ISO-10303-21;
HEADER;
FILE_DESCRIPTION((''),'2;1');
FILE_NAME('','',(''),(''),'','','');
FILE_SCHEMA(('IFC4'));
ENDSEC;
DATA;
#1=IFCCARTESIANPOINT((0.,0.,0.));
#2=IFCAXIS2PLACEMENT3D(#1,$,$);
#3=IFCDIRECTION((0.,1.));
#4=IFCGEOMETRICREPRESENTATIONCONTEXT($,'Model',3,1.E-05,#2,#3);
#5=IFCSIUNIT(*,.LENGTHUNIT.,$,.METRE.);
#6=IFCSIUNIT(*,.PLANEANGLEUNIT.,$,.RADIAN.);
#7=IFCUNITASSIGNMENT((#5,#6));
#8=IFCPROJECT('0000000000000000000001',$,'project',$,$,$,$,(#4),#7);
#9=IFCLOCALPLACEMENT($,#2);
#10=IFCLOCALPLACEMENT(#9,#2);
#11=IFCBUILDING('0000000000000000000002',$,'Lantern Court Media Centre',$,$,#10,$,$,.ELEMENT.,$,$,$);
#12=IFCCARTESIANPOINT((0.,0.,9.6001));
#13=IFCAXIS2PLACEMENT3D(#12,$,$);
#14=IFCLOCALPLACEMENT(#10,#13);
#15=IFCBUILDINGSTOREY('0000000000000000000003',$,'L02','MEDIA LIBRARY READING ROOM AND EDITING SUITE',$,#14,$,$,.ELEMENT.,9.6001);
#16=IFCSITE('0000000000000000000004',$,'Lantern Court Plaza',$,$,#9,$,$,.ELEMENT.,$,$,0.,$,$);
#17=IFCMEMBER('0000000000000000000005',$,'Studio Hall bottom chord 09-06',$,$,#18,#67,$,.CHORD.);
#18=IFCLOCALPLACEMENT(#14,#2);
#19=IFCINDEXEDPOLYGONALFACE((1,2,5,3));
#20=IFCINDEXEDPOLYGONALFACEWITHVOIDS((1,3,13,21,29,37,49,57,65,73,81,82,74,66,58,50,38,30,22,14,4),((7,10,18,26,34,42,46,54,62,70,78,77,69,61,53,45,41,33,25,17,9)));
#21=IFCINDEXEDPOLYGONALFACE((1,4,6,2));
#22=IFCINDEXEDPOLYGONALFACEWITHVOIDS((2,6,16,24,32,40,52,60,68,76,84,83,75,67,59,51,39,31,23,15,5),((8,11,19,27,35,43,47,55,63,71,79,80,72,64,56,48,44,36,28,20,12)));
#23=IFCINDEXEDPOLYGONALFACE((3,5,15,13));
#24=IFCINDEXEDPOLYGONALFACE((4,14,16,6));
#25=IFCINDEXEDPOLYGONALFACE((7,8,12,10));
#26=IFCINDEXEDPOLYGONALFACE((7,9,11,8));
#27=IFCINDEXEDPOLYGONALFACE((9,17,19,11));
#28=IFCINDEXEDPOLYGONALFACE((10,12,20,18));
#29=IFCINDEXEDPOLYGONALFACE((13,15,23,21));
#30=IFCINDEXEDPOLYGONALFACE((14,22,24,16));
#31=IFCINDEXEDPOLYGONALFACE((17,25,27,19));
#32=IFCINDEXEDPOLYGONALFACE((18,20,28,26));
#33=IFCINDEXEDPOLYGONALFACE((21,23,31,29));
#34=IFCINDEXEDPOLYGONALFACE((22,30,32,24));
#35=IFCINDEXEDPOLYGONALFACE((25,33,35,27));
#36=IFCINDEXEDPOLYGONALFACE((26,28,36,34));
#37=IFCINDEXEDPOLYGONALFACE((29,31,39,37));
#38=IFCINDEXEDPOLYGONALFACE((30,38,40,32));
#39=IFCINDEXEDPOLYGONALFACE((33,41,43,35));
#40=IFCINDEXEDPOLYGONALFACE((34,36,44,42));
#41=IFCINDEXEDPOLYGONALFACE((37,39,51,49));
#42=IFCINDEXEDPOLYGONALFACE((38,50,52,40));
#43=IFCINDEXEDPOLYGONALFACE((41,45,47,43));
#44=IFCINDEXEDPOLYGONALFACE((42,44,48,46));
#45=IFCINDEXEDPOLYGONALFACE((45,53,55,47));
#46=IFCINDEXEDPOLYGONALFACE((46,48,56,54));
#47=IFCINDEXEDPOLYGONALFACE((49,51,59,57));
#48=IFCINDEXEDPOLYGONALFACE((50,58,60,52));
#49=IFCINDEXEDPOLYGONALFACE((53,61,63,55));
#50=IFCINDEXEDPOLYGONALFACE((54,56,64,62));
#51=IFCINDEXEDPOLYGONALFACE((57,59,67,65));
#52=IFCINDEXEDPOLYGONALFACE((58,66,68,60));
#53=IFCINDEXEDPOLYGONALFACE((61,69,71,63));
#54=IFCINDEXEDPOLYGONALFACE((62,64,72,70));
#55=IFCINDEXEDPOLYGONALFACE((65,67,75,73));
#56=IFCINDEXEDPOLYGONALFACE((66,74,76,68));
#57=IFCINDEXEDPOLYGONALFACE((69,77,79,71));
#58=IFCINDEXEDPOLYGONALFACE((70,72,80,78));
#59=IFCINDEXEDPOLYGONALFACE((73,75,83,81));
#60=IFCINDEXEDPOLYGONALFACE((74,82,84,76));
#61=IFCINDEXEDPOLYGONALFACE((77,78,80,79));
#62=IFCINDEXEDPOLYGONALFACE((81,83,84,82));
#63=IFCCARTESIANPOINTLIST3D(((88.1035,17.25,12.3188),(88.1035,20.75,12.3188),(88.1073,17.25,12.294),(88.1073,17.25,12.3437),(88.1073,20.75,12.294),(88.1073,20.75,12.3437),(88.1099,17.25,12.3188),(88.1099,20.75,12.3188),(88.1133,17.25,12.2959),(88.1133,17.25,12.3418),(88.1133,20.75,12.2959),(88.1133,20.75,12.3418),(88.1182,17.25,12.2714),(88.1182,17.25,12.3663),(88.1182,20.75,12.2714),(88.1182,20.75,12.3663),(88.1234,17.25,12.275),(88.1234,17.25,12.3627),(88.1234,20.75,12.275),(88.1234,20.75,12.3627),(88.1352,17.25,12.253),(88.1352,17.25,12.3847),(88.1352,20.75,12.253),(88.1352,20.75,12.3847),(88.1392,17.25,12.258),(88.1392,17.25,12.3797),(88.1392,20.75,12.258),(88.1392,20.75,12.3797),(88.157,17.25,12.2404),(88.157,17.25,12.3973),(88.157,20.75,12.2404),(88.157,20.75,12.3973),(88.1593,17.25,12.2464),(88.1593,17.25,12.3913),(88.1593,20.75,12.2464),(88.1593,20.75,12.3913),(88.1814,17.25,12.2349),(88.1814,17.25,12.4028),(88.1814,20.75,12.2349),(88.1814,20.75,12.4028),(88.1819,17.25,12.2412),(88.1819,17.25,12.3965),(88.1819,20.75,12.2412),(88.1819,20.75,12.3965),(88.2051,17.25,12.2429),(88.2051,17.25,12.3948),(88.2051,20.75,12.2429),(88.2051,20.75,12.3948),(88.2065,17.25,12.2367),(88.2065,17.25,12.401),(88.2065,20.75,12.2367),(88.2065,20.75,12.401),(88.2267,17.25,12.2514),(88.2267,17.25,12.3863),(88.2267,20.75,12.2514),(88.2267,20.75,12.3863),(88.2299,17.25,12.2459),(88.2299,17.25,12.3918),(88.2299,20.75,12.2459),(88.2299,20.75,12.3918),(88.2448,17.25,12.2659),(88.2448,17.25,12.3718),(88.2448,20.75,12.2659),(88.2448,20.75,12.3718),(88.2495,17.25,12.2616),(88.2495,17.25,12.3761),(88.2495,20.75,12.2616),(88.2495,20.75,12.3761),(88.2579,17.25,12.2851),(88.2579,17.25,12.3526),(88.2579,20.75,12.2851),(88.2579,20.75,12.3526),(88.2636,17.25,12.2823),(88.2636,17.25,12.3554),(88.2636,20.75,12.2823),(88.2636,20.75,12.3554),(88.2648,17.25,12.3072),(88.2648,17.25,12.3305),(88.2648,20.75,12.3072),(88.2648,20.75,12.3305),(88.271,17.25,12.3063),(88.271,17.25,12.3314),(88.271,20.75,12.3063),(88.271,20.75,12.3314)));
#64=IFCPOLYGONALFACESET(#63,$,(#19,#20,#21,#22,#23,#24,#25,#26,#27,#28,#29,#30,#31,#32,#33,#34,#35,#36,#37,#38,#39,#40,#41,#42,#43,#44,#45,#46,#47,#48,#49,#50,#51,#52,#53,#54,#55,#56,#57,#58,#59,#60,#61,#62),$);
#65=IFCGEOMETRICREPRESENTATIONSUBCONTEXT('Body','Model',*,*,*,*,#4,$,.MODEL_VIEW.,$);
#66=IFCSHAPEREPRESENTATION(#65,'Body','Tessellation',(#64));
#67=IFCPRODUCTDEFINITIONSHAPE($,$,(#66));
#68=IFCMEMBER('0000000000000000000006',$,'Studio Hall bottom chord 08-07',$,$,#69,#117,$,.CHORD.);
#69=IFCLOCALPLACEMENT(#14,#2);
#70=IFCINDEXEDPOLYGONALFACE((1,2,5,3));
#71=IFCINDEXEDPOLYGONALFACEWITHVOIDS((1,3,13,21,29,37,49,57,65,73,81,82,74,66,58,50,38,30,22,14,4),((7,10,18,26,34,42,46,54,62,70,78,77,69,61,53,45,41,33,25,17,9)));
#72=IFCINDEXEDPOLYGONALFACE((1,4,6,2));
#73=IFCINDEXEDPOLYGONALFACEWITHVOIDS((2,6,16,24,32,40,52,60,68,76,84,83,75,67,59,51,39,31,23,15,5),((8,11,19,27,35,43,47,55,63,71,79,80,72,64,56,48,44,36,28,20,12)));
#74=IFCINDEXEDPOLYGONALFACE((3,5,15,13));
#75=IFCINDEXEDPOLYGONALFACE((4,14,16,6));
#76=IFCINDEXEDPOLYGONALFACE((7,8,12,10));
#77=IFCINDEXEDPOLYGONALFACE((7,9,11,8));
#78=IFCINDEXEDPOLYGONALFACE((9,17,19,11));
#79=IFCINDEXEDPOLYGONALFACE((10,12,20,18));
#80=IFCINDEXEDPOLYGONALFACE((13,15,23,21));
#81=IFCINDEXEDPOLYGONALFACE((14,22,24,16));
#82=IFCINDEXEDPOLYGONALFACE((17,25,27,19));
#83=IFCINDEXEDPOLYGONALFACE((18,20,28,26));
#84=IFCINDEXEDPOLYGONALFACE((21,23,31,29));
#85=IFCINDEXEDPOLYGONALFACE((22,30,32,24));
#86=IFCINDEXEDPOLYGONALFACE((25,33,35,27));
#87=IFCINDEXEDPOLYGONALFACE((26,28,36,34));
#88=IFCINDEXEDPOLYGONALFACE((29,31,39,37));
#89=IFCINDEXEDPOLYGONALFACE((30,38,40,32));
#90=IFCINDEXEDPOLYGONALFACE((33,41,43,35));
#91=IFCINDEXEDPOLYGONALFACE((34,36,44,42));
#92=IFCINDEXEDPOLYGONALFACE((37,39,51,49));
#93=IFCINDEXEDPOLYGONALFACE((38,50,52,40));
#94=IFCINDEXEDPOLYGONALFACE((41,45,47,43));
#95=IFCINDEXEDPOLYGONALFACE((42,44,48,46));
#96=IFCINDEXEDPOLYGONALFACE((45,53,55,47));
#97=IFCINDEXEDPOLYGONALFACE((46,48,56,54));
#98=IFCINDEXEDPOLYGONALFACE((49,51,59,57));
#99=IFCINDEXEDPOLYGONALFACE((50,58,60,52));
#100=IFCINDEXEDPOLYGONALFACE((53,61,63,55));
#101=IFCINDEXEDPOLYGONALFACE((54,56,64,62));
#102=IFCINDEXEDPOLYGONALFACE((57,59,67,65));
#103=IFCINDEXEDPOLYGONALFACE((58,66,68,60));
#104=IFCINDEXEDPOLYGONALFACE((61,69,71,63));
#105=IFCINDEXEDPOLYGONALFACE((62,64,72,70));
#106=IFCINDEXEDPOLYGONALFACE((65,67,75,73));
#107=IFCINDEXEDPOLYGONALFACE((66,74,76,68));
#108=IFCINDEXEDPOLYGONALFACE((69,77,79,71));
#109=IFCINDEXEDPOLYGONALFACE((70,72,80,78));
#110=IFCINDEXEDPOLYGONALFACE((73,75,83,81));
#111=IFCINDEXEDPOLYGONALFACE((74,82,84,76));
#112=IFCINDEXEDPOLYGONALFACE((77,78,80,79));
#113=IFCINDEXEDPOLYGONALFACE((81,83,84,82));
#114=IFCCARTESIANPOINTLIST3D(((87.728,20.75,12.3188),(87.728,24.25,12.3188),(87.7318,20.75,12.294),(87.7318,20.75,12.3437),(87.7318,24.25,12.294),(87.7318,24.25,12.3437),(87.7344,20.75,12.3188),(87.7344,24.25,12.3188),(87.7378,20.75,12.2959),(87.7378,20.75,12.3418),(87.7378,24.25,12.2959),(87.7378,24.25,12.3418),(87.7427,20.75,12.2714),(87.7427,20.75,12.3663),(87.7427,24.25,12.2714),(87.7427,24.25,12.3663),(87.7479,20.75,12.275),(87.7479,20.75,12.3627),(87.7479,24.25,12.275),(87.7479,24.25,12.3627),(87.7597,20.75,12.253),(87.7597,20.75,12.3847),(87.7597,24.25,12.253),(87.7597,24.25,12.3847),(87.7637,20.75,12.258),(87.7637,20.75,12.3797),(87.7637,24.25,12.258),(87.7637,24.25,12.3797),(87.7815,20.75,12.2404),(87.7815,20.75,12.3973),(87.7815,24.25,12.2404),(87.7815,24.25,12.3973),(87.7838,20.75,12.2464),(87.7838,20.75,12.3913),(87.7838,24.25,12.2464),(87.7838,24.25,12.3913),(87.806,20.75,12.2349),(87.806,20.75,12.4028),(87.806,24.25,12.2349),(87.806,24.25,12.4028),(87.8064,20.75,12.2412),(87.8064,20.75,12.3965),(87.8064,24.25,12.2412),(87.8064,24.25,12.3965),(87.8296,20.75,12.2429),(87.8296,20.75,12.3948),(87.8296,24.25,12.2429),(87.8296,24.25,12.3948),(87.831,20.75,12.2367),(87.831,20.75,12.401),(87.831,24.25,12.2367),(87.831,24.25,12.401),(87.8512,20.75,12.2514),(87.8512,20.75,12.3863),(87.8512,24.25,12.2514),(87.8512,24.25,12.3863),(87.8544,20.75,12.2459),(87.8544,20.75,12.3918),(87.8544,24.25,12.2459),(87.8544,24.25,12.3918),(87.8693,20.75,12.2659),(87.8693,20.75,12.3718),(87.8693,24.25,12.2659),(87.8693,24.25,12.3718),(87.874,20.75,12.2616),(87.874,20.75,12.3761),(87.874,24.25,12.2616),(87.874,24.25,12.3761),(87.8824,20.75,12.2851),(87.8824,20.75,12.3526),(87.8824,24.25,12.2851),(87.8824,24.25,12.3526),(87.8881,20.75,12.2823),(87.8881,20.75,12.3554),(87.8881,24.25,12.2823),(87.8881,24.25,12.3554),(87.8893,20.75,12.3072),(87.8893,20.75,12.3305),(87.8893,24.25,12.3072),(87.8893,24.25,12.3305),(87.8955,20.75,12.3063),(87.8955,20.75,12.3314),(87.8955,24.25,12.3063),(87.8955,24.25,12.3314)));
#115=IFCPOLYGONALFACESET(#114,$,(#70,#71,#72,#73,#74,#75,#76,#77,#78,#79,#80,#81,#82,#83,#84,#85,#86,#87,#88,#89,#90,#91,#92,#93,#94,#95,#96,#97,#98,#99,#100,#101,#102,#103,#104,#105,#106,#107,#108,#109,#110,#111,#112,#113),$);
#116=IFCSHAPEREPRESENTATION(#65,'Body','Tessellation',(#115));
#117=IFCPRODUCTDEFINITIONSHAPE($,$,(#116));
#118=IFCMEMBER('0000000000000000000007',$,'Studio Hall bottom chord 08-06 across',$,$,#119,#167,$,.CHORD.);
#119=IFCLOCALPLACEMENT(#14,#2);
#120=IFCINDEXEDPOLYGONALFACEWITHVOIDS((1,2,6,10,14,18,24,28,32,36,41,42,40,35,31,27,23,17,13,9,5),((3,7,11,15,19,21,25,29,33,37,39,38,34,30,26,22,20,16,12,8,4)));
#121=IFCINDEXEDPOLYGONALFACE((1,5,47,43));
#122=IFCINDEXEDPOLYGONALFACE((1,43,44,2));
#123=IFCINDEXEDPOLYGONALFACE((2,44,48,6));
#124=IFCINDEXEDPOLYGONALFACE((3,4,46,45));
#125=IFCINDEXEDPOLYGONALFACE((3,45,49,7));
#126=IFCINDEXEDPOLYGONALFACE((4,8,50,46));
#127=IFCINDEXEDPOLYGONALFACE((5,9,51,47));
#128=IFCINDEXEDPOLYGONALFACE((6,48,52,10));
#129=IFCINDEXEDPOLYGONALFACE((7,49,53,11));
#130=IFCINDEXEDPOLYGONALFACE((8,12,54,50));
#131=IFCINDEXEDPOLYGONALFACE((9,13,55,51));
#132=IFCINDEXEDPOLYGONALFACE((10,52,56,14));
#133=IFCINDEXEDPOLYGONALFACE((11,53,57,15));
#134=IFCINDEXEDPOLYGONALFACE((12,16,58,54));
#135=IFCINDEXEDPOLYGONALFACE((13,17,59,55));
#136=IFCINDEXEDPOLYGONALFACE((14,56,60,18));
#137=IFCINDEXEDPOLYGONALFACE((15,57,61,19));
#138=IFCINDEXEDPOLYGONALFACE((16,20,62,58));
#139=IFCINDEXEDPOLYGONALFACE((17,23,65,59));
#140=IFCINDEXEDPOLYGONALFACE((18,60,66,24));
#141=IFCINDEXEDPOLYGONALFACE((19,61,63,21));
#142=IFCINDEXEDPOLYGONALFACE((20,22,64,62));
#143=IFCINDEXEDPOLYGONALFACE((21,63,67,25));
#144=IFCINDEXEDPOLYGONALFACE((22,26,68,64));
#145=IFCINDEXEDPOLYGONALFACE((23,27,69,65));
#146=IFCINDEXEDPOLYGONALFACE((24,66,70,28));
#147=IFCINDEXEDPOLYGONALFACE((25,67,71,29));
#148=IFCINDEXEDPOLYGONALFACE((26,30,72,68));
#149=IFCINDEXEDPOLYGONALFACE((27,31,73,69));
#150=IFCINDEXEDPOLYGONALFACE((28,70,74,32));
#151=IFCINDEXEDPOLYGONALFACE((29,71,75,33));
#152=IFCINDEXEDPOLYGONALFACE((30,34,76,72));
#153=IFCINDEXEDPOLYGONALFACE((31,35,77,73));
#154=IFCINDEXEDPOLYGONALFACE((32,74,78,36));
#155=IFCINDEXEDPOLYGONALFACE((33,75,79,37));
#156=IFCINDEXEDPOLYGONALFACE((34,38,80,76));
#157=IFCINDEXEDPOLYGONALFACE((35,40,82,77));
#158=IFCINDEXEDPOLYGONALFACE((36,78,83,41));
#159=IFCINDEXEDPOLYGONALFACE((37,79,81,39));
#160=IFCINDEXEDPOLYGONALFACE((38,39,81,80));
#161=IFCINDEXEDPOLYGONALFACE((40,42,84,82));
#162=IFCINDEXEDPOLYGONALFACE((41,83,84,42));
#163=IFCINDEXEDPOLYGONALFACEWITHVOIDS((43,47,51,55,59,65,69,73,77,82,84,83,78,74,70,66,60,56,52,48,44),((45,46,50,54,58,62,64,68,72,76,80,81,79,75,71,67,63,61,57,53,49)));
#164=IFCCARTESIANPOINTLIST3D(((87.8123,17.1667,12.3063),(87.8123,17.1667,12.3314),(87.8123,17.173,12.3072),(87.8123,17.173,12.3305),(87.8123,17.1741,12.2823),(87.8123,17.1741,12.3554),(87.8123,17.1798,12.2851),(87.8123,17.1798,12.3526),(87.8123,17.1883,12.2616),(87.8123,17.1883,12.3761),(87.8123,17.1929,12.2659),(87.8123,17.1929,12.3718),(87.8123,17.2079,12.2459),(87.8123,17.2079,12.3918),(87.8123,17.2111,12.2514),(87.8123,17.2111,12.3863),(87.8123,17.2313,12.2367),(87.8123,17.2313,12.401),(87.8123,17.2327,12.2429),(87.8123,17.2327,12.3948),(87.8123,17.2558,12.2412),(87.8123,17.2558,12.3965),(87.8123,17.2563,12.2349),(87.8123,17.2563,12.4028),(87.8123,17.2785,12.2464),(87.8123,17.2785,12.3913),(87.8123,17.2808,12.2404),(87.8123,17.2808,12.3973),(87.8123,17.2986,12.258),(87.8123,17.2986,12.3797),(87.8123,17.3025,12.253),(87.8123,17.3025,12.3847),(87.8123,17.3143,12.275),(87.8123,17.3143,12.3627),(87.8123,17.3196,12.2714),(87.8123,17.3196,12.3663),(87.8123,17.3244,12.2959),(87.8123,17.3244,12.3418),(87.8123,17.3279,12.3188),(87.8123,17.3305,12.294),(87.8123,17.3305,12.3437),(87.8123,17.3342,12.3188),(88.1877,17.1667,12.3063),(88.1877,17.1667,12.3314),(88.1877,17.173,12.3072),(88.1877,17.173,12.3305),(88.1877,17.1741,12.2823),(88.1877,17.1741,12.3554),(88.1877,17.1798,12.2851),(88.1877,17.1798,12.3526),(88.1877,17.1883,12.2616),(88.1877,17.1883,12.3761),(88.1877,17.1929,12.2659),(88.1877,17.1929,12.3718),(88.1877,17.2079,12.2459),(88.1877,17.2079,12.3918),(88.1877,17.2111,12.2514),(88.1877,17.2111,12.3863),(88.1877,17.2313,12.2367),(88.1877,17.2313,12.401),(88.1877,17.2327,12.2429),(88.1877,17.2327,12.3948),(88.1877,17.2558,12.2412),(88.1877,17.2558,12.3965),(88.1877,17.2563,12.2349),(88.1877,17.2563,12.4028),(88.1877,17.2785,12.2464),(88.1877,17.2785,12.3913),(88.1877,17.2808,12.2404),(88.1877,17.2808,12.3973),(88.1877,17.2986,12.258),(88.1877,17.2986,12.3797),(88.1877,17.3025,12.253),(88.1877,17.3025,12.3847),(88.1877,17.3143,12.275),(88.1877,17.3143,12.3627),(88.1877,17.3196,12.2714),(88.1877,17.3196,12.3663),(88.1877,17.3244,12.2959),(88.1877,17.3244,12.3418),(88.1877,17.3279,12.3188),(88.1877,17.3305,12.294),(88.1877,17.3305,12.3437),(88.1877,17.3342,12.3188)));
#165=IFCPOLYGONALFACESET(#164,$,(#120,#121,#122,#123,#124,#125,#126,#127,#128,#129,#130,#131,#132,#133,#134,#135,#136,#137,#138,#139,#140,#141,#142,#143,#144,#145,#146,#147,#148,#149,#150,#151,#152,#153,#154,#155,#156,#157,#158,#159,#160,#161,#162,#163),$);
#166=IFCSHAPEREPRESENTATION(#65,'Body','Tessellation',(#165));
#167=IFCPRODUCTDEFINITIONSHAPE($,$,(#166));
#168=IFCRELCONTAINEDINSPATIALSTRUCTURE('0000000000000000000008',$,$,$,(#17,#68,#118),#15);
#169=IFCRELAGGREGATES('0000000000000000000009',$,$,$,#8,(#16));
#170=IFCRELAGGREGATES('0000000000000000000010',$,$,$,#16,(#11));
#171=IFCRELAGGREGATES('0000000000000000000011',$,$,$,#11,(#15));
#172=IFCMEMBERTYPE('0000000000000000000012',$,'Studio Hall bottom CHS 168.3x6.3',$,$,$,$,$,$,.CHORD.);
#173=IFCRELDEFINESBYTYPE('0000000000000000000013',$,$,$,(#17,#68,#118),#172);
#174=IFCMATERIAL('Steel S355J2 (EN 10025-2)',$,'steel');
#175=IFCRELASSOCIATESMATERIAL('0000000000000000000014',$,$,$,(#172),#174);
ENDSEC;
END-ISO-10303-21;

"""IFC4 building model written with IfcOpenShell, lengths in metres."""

from ifc_helpers import new_model, si_unit, direction, frame, origin, origin_2d, place, context, subcontext, project, spatial, hollow_circle, extrude, material, material_profile, profile_set, type_object, element, save


model = new_model("IFC4")

# Units and contexts
model_context = context("Model", 3, precision=1e-05, world=origin(), true_north=direction((0.0, 1.0)))
body_context = subcontext(model_context, "Body", "Model", "MODEL_VIEW")
ifc_project = project(units=[si_unit("LENGTHUNIT", "METRE"), si_unit("PLANEANGLEUNIT", "RADIAN")], contexts=[model_context])

# Site, building, storey
site_placement = place(None, origin())
site = spatial("IfcSite", under=ifc_project, at=site_placement, Name="Lantern Court Plaza", CompositionType="ELEMENT", RefElevation=0.0)
building_placement = place(site_placement, origin())
building = spatial("IfcBuilding", under=site, at=building_placement, Name="Lantern Court Media Centre", CompositionType="ELEMENT")
storey_placement = place(building_placement, frame((0.0, 0.0, 9.6001)))
storey = spatial("IfcBuildingStorey", under=building, at=storey_placement, Name="L02", Description="MEDIA LIBRARY READING ROOM AND EDITING SUITE", CompositionType="ELEMENT", Elevation=9.6001)

# Members
ifc_material = material(Name="Steel S355J2 (EN 10025-2)", Category="steel")
ifc_material_profile_1 = material_profile(ifc_material, hollow_circle(Radius=0.0842, WallThickness=0.0063, at=origin_2d()), Name="Studio Hall bottom CHS 168.3x6.3")
ifc_profile_set_1 = profile_set([ifc_material_profile_1], Name="Steel S355J2 (EN 10025-2)")
member_type_1 = type_object("IfcMemberType", Name="Studio Hall bottom CHS 168.3x6.3", PredefinedType="CHORD", material=ifc_profile_set_1)
for number, where, z_axis, x_axis, name in (
    (1, (88.1877, 17.25, 12.3188), (0.0, 1.0, 0.0), (-1.0, 0.0, 0.0), "Studio Hall bottom chord 09-06"),
    (2, (87.8123, 20.75, 12.3188), (0.0, 1.0, 0.0), (-1.0, 0.0, 0.0), "Studio Hall bottom chord 08-07"),
):
    element("IfcMember", number, at=place(storey_placement, frame(where, z_axis=z_axis, x_axis=x_axis)), inside=storey, type_object=member_type_1, Name=name, PredefinedType="CHORD", context=body_context, shape_type="SweptSolid", body=[
        extrude(hollow_circle(Radius=0.0842, WallThickness=0.0063, at=origin_2d()), origin(), (0.0, 0.0, 1.0), 3.5),
    ])
for number, where, z_axis, x_axis, name in (
    (3, (87.8123, 17.25, 12.3188), (1.0, 0.0, 0.0), (0.0, 1.0, 0.0), "Studio Hall bottom chord 08-06 across"),
):
    element("IfcMember", number, at=place(storey_placement, frame(where, z_axis=z_axis, x_axis=x_axis)), inside=storey, type_object=member_type_1, Name=name, PredefinedType="CHORD", context=body_context, shape_type="SweptSolid", body=[
        extrude(hollow_circle(Radius=0.0842, WallThickness=0.0063, at=origin_2d()), origin(), (0.0, 0.0, 1.0), 0.3755),
    ])

save(model, "model.ifc")
